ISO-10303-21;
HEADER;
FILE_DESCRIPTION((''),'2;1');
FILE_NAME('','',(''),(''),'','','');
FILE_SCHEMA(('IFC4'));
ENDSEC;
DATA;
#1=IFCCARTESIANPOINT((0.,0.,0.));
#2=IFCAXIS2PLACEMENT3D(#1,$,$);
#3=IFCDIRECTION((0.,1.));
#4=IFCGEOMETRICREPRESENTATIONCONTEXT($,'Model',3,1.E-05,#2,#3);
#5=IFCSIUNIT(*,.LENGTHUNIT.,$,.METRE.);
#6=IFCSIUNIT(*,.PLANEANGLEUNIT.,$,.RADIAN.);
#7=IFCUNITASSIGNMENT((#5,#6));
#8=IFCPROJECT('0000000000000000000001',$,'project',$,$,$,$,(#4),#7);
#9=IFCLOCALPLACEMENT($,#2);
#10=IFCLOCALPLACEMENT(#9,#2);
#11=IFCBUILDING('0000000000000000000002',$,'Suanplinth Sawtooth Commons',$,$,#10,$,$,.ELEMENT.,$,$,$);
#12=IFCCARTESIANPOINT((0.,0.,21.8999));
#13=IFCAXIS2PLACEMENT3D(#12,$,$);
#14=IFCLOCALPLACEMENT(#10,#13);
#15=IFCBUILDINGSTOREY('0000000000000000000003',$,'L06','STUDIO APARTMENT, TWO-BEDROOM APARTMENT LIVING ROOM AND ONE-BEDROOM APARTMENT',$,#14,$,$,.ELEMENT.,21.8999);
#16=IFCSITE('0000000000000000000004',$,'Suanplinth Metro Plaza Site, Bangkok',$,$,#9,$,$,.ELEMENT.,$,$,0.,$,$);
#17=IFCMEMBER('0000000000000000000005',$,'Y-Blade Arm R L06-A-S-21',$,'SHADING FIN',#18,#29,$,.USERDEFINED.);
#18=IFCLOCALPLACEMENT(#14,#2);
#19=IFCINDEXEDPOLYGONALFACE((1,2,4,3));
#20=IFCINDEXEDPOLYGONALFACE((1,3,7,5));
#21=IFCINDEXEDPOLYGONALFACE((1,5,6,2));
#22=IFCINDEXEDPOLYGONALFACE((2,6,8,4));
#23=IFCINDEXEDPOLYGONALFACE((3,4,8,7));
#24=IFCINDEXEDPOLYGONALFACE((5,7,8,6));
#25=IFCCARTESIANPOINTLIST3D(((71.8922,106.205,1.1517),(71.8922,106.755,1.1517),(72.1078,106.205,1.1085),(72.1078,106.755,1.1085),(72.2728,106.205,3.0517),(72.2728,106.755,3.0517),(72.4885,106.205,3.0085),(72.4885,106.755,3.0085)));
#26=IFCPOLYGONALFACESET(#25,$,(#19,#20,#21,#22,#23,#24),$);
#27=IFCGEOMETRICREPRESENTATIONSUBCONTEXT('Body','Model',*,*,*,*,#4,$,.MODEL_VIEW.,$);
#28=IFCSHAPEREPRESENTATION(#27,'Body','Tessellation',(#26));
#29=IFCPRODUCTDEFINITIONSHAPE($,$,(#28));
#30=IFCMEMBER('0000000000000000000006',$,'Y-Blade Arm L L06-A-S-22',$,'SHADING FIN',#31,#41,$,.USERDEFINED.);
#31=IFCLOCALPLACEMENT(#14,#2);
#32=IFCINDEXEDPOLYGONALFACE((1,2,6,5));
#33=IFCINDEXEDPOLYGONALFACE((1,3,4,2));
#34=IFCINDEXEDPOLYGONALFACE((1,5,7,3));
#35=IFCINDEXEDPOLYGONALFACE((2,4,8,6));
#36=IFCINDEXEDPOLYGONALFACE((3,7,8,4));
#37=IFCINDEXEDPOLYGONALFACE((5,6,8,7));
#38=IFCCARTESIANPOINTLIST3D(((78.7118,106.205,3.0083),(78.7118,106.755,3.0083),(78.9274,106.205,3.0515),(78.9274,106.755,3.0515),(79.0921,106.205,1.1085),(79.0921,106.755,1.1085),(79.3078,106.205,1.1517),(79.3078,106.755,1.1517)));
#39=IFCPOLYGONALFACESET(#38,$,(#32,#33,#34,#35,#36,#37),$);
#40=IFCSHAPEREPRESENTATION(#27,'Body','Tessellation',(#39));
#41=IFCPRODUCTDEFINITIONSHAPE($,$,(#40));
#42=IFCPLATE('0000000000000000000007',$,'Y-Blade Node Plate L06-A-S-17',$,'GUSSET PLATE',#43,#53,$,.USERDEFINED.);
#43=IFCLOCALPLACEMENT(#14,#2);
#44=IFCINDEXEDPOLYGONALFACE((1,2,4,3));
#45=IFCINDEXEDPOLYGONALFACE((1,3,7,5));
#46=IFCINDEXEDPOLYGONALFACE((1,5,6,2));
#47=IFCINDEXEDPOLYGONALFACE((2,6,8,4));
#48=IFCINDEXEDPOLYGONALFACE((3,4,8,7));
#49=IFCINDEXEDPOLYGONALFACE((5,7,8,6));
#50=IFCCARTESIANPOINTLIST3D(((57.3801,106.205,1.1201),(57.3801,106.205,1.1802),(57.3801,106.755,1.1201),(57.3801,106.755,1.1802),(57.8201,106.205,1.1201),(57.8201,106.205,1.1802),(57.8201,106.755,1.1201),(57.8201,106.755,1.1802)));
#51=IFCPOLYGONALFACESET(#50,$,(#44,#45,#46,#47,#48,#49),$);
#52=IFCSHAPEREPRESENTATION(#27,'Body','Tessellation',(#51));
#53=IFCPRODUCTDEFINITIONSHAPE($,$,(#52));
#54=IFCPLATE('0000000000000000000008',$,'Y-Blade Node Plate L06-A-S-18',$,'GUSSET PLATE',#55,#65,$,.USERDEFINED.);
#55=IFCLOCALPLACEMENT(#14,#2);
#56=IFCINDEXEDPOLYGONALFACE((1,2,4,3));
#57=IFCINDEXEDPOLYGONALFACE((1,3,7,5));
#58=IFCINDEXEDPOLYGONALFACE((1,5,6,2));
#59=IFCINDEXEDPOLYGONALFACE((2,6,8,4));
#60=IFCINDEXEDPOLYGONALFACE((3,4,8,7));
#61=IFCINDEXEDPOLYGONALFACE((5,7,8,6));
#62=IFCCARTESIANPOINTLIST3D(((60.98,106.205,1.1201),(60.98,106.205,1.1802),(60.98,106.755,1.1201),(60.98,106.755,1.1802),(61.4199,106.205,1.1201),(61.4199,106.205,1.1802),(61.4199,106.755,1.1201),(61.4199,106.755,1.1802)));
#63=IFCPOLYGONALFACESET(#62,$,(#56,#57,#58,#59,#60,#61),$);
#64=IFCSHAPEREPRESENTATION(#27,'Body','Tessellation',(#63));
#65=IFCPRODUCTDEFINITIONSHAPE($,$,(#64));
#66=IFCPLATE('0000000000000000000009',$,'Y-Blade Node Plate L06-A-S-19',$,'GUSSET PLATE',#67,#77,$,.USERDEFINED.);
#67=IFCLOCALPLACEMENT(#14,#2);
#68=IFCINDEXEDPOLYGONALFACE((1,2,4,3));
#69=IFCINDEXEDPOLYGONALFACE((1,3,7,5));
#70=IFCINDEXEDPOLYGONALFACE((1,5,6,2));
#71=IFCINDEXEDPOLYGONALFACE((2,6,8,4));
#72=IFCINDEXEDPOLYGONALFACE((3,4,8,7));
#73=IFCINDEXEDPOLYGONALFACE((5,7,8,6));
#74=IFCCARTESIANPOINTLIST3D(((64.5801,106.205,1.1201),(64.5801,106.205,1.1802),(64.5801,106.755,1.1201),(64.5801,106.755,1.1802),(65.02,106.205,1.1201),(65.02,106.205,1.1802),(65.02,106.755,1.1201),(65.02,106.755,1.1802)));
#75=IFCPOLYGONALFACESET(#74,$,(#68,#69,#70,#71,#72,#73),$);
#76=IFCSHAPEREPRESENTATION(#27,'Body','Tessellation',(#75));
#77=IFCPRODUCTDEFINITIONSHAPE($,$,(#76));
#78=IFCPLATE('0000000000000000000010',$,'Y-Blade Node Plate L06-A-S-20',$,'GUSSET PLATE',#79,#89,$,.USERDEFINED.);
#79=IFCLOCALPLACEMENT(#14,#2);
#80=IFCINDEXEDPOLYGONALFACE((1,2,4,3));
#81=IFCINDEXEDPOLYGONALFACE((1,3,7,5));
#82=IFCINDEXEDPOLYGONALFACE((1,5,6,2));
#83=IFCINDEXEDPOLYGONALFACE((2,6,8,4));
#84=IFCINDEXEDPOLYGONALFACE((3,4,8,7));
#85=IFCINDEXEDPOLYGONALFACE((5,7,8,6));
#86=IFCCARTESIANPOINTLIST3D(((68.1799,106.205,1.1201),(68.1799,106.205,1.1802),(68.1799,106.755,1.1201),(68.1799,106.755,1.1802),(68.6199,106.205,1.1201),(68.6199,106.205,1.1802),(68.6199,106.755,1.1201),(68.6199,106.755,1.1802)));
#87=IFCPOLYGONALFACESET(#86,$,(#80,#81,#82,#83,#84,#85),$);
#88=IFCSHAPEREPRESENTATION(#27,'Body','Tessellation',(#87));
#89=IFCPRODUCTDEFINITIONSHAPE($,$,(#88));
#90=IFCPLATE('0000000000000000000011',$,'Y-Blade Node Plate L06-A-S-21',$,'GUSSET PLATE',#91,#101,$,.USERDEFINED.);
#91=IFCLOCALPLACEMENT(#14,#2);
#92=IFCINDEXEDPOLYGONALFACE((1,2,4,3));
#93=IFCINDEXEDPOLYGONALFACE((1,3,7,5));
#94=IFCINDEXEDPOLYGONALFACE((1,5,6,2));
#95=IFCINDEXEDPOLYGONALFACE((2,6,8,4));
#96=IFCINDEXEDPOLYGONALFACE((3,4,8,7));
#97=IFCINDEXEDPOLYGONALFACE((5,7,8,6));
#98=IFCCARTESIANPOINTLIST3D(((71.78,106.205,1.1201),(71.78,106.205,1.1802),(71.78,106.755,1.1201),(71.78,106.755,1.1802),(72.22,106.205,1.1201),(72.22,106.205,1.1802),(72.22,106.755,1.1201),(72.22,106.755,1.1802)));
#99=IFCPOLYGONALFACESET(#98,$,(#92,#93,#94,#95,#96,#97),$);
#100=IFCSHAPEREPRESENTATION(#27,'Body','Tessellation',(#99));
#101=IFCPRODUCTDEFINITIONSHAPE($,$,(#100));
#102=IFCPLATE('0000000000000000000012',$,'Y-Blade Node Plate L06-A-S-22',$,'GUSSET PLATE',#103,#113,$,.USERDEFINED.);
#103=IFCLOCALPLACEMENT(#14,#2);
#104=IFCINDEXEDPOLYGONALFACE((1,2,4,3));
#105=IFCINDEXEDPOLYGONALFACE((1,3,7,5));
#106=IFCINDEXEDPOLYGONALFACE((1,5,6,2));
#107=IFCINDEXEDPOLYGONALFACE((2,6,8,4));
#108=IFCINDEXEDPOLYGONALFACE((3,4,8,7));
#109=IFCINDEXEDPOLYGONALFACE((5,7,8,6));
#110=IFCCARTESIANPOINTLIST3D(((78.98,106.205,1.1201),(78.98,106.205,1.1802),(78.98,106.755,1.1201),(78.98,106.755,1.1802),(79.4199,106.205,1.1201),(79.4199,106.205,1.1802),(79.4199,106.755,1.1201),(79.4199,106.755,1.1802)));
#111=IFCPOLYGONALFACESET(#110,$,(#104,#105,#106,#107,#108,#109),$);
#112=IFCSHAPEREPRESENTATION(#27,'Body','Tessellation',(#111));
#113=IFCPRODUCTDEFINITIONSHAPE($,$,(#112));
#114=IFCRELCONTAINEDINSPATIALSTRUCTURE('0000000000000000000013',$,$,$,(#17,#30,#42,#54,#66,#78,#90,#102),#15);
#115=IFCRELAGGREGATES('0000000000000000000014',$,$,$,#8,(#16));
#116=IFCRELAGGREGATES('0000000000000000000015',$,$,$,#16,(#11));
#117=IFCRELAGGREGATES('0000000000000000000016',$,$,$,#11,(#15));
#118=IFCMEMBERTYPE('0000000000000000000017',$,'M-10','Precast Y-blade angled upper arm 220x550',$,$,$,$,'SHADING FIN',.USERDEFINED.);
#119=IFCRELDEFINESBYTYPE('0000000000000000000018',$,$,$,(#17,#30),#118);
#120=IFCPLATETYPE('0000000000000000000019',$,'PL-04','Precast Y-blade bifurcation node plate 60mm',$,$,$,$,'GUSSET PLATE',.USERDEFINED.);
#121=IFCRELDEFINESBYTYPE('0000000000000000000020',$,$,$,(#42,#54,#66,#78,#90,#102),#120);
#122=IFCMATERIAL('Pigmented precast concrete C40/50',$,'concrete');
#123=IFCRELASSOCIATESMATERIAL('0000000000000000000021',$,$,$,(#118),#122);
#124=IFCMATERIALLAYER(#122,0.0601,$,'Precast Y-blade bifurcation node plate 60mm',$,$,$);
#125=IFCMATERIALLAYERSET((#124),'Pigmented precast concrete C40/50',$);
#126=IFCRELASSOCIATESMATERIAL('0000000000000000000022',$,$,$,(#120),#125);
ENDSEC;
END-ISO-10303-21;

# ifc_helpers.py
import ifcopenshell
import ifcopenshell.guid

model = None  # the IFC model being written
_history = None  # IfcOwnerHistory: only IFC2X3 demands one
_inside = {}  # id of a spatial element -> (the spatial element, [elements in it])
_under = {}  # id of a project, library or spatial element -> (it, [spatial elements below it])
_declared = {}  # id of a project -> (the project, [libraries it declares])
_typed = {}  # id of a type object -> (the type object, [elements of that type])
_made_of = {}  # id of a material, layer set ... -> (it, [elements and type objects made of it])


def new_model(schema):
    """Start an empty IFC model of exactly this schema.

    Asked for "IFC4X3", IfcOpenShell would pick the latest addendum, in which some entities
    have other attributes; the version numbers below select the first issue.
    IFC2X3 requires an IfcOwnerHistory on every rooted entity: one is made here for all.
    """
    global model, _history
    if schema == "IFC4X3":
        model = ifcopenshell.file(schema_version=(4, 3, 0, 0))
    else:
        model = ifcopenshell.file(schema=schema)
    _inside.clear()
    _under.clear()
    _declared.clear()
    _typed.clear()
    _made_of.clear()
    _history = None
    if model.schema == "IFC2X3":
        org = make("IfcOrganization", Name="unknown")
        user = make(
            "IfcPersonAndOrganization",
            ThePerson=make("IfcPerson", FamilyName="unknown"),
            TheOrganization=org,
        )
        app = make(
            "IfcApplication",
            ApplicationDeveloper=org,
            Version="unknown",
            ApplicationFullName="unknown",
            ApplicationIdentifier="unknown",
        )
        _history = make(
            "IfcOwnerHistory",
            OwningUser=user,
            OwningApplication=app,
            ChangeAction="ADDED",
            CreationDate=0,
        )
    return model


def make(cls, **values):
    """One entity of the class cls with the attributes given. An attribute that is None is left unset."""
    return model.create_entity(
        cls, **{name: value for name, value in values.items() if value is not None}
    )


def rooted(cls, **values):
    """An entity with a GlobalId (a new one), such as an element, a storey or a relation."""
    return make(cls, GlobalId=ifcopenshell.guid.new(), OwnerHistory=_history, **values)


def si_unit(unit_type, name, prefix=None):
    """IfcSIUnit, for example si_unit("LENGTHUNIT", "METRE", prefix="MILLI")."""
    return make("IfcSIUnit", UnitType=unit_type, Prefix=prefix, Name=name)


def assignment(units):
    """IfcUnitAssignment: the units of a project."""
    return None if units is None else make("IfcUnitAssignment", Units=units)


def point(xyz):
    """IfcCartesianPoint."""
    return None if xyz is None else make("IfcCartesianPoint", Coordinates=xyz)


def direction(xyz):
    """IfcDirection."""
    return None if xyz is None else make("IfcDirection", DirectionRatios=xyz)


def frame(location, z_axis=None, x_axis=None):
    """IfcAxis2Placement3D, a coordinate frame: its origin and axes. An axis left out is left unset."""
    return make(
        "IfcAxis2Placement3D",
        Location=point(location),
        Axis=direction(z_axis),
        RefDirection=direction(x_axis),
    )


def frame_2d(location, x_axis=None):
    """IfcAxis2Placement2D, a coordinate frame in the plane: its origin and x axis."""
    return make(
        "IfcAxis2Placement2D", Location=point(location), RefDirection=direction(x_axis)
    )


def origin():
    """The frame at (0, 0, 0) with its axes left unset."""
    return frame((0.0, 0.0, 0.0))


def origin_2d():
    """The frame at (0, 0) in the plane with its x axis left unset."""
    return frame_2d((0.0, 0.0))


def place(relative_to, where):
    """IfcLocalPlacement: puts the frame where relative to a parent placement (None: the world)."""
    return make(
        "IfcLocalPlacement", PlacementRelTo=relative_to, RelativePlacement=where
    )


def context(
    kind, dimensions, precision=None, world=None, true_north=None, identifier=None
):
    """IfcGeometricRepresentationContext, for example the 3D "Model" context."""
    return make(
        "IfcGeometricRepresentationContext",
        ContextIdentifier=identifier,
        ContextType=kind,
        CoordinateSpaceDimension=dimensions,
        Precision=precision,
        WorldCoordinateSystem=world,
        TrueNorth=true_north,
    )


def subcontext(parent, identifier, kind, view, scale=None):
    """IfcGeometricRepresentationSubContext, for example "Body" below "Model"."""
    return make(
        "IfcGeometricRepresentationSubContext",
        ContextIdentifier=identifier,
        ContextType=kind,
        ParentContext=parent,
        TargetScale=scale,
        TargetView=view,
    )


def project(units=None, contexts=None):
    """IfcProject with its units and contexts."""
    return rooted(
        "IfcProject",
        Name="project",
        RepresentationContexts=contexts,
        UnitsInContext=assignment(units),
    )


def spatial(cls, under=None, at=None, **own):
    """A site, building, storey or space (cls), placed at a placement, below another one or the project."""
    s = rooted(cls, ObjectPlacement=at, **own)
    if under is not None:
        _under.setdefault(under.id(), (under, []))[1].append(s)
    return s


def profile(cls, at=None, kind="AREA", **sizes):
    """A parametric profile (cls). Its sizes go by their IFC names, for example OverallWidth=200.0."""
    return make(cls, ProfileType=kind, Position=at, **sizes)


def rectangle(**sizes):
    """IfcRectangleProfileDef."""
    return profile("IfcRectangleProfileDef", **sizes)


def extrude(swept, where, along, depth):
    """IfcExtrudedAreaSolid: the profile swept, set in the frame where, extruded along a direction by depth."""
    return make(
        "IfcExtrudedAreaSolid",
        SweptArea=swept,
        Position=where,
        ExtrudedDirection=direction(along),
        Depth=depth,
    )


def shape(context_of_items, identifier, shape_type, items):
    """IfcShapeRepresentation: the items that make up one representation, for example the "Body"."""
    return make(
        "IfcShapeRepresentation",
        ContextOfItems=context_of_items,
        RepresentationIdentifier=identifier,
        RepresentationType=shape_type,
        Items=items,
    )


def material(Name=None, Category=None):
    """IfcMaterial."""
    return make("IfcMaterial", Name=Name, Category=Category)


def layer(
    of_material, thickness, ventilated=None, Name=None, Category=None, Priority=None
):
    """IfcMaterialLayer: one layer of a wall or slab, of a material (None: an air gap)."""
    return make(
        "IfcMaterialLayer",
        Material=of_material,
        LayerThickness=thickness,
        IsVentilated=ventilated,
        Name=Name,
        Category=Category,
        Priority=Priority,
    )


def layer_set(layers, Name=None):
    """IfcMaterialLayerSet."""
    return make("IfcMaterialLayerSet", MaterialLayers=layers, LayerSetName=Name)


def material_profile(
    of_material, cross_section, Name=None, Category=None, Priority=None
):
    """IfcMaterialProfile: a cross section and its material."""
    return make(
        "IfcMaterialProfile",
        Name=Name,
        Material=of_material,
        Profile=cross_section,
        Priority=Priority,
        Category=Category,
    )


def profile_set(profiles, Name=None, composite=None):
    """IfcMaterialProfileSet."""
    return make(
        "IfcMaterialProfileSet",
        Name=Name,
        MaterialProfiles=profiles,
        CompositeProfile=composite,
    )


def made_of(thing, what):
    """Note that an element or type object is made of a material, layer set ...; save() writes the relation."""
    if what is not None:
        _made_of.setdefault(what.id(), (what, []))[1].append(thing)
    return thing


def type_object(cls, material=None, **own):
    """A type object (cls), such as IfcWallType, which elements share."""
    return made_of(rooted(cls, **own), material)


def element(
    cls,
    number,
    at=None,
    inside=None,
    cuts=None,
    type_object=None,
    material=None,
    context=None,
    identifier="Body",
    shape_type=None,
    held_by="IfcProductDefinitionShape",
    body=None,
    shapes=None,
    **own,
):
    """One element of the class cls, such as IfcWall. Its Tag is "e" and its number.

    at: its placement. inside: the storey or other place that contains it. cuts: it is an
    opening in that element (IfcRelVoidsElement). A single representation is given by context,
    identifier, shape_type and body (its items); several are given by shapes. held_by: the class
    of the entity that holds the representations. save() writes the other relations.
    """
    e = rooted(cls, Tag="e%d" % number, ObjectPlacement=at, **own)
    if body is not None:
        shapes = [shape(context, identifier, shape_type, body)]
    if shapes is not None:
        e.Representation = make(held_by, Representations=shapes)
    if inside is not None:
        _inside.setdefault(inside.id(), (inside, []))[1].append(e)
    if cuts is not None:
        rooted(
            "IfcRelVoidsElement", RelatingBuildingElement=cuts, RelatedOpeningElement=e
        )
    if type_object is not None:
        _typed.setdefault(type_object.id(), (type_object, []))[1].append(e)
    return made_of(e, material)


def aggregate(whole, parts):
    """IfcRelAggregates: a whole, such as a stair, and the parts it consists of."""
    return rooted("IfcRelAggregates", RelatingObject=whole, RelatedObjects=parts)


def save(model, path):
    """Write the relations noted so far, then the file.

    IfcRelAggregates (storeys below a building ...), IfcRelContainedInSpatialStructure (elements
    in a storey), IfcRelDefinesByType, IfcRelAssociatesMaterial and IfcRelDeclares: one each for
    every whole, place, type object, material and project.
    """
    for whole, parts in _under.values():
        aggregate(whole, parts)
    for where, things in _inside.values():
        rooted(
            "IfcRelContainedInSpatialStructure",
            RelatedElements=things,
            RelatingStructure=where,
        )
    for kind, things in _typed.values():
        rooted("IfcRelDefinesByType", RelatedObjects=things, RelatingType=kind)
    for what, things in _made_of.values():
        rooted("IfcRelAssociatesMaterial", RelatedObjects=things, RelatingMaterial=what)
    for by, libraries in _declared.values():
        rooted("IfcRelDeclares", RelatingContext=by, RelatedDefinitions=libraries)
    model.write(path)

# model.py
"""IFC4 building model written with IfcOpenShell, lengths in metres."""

from ifc_helpers import new_model, si_unit, direction, frame, origin, origin_2d, place, context, subcontext, project, spatial, rectangle, extrude, material, layer, layer_set, material_profile, profile_set, type_object, element, save


model = new_model("IFC4")

# Units and contexts
model_context = context("Model", 3, precision=1e-05, world=origin(), true_north=direction((0.0, 1.0)))
body_context = subcontext(model_context, "Body", "Model", "MODEL_VIEW")
ifc_project = project(units=[si_unit("LENGTHUNIT", "METRE"), si_unit("PLANEANGLEUNIT", "RADIAN")], contexts=[model_context])

# Site, building, storey
site_placement = place(None, origin())
site = spatial("IfcSite", under=ifc_project, at=site_placement, Name="Suanplinth Metro Plaza Site, Bangkok", CompositionType="ELEMENT", RefElevation=0.0)
building_placement = place(site_placement, origin())
building = spatial("IfcBuilding", under=site, at=building_placement, Name="Suanplinth Sawtooth Commons", CompositionType="ELEMENT")
storey_placement = place(building_placement, frame((0.0, 0.0, 21.8999)))
storey = spatial("IfcBuildingStorey", under=building, at=storey_placement, Name="L06", Description="STUDIO APARTMENT, TWO-BEDROOM APARTMENT LIVING ROOM AND ONE-BEDROOM APARTMENT", CompositionType="ELEMENT", Elevation=21.8999)

# Members
ifc_material = material(Name="Pigmented precast concrete C40/50", Category="concrete")
ifc_material_profile_1 = material_profile(ifc_material, rectangle(XDim=0.22, YDim=0.55, at=origin_2d()), Name="PC-FIN 220x550")
ifc_profile_set_1 = profile_set([ifc_material_profile_1], Name="Pigmented precast concrete C40/50")
member_type_1 = type_object("IfcMemberType", Name="M-10", Description="Precast Y-blade angled upper arm 220x550", ElementType="SHADING FIN", PredefinedType="USERDEFINED", material=ifc_profile_set_1)
for number, where, z_axis, x_axis, name in (
    (1, (72.0, 106.48, 1.1301), (0.196431, 0.0, 0.980518), (-0.980518, 0.0, 0.196431), "Y-Blade Arm R L06-A-S-21"),
):
    element("IfcMember", number, at=place(storey_placement, frame(where, z_axis=z_axis, x_axis=x_axis)), inside=storey, type_object=member_type_1, Name=name, ObjectType="SHADING FIN", PredefinedType="USERDEFINED", context=body_context, shape_type="SweptSolid", body=[
        extrude(rectangle(XDim=0.22, YDim=0.55, at=origin_2d()), origin(), (0.0, 0.0, 1.0), 1.9377),
    ])
member_placement = place(storey_placement, frame((79.2, 106.48, 1.1301), z_axis=(-0.19631, 0.0, 0.980542), x_axis=(0.980542, 0.0, 0.19631)))
element("IfcMember", 2, at=member_placement, inside=storey, type_object=member_type_1, Name="Y-Blade Arm L L06-A-S-22", ObjectType="SHADING FIN", PredefinedType="USERDEFINED", context=body_context, shape_type="SweptSolid", body=[
    extrude(rectangle(XDim=0.22, YDim=0.55, at=origin_2d()), origin(), (0.0, 0.0, 1.0), 1.9375),
])

# Plates
ifc_layer = layer(ifc_material, 0.0601, Name="Precast Y-blade bifurcation node plate 60mm")
ifc_layer_set = layer_set([ifc_layer], Name="Pigmented precast concrete C40/50")
plate_type = type_object("IfcPlateType", Name="PL-04", Description="Precast Y-blade bifurcation node plate 60mm", ElementType="GUSSET PLATE", PredefinedType="USERDEFINED", material=ifc_layer_set)
for number, where, z_axis, x_axis, name in (
    (3, (57.6001, 106.48, 1.1201), (0.0, 0.0, 1.0), (1.0, 0.0, 0.0), "Y-Blade Node Plate L06-A-S-17"),
    (4, (61.2, 106.48, 1.1201), (0.0, 0.0, 1.0), (1.0, 0.0, 0.0), "Y-Blade Node Plate L06-A-S-18"),
    (5, (64.8, 106.48, 1.1201), (0.0, 0.0, 1.0), (1.0, 0.0, 0.0), "Y-Blade Node Plate L06-A-S-19"),
    (6, (68.3999, 106.48, 1.1201), (0.0, 0.0, 1.0), (1.0, 0.0, 0.0), "Y-Blade Node Plate L06-A-S-20"),
    (7, (72.0, 106.48, 1.1201), (0.0, 0.0, 1.0), (1.0, 0.0, 0.0), "Y-Blade Node Plate L06-A-S-21"),
    (8, (79.2, 106.48, 1.1201), (0.0, 0.0, 1.0), (1.0, 0.0, 0.0), "Y-Blade Node Plate L06-A-S-22"),
):
    element("IfcPlate", number, at=place(storey_placement, frame(where, z_axis=z_axis, x_axis=x_axis)), inside=storey, type_object=plate_type, Name=name, ObjectType="GUSSET PLATE", PredefinedType="USERDEFINED", context=body_context, shape_type="SweptSolid", body=[
        extrude(rectangle(XDim=0.4399, YDim=0.55, at=origin_2d()), origin(), (0.0, 0.0, 1.0), 0.0601),
    ])

save(model, "model.ifc")
